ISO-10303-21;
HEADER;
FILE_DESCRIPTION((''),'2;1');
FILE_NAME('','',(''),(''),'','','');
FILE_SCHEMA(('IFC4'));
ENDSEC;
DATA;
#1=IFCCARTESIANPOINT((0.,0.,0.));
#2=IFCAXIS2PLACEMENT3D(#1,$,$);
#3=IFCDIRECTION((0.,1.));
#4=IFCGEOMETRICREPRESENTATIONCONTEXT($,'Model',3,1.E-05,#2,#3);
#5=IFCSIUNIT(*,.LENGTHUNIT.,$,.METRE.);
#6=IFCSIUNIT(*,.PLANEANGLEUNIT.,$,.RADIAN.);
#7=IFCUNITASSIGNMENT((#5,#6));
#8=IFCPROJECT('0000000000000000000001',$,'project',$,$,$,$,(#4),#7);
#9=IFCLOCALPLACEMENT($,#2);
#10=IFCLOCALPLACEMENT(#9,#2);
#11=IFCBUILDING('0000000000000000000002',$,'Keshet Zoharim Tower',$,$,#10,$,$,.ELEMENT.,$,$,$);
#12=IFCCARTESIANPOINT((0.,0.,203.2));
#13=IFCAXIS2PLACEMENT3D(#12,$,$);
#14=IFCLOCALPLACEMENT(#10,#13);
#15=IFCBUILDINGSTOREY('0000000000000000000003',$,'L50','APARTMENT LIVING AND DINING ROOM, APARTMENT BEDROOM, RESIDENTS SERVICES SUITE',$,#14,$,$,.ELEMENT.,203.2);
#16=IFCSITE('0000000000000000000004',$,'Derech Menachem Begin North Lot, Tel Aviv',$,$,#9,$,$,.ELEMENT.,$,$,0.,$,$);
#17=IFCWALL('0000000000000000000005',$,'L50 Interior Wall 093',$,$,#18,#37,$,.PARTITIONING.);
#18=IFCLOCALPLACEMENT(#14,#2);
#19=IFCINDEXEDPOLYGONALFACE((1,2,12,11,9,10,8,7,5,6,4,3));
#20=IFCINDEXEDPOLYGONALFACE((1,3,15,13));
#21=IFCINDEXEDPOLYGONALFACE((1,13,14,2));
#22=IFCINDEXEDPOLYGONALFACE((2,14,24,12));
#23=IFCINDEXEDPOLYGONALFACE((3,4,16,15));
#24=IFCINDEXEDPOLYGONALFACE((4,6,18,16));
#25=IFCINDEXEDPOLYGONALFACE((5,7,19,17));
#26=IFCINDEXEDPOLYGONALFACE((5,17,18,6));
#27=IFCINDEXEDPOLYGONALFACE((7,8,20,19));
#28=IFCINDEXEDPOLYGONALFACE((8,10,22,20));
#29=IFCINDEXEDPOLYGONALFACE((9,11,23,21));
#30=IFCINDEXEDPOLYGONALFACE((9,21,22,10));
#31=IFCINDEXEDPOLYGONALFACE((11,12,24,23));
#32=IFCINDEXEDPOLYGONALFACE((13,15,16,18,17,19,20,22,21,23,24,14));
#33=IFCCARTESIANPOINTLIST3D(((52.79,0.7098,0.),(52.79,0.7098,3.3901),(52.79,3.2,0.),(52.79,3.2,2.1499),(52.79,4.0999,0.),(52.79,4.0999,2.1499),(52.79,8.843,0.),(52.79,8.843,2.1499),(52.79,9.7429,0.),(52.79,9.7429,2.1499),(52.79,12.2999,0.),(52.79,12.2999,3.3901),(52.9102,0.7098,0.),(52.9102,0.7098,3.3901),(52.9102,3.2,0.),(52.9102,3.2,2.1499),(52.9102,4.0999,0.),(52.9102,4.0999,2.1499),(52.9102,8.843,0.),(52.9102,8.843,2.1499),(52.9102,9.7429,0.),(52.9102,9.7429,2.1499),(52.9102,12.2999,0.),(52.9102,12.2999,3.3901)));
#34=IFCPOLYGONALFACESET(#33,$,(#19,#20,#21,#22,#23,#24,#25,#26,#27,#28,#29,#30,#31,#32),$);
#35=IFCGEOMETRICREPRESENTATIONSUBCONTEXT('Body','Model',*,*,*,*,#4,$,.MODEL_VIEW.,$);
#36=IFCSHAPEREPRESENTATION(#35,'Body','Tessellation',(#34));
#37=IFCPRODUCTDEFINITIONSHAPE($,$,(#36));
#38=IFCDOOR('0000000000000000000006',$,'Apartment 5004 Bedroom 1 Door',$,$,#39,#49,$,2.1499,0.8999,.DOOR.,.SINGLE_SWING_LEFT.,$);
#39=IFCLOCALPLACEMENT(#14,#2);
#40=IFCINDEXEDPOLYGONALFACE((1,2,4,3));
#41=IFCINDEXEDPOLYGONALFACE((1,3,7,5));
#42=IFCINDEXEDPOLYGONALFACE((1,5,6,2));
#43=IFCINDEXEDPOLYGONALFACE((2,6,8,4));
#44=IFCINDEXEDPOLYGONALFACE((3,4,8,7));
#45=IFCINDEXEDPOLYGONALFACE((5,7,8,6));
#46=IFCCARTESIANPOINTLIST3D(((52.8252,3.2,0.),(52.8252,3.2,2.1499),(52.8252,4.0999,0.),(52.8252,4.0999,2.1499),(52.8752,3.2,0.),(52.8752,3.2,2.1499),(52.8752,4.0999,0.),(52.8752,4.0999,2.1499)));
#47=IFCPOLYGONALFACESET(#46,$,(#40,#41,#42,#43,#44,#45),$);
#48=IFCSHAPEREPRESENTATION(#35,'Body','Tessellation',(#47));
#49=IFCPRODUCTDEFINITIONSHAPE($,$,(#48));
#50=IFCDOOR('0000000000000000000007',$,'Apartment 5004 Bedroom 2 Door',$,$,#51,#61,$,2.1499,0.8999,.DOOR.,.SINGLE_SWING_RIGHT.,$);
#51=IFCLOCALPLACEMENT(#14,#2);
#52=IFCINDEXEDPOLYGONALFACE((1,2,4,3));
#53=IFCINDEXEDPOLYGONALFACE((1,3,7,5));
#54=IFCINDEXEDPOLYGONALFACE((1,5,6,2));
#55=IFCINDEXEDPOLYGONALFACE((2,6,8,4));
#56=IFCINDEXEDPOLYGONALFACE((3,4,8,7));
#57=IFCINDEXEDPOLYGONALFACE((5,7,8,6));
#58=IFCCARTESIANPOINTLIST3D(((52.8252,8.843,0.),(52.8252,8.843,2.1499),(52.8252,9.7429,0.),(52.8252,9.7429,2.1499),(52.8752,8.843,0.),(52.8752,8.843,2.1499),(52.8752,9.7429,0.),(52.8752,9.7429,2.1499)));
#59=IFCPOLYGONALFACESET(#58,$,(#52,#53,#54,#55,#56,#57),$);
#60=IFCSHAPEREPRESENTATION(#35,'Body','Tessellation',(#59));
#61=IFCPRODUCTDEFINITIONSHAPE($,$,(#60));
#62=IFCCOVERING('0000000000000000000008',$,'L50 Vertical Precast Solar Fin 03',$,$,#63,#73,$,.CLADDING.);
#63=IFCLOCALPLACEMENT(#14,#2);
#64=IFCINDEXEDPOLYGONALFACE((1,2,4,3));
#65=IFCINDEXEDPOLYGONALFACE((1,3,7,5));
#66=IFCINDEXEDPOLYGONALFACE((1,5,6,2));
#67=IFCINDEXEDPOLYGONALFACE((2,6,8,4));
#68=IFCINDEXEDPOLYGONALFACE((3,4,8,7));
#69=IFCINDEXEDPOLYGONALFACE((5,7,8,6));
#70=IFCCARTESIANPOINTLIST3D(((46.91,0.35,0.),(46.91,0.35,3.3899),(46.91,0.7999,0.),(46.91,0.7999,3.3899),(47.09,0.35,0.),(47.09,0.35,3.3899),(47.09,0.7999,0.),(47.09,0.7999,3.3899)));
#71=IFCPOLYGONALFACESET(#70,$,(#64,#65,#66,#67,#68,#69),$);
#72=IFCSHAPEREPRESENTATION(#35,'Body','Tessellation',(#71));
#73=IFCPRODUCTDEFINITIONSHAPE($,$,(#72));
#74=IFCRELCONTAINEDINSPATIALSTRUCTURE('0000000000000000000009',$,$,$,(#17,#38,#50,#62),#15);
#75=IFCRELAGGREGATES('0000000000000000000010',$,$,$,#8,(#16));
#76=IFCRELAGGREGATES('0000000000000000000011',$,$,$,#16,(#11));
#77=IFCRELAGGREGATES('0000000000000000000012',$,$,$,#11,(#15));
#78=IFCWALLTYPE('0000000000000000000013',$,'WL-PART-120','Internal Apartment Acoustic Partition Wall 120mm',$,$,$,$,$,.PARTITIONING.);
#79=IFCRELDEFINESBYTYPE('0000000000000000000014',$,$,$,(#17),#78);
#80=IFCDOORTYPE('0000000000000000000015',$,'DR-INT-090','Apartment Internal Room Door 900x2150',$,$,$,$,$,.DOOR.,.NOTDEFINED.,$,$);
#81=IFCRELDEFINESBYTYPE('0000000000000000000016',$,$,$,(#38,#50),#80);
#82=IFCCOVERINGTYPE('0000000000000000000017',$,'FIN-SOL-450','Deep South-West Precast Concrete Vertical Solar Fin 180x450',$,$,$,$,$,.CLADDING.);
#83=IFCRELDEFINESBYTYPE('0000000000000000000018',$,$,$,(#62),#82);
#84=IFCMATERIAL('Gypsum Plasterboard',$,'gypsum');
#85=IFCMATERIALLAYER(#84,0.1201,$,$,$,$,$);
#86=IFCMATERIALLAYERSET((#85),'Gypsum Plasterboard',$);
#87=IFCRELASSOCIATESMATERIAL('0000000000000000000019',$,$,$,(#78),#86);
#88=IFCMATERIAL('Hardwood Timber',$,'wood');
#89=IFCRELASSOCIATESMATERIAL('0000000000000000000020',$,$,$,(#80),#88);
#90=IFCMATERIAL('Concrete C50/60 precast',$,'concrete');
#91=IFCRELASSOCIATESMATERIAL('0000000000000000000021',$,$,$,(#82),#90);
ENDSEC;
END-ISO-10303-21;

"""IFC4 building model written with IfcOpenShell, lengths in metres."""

from ifc_helpers import new_model, si_unit, direction, frame, frame_2d, origin, origin_2d, place, context, subcontext, project, spatial, rectangle, extrude, material, layer, layer_set, type_object, element, fill, save


model = new_model("IFC4")

# Units and contexts
model_context = context("Model", 3, precision=1e-05, world=origin(), true_north=direction((0.0, 1.0)))
body_context = subcontext(model_context, "Body", "Model", "MODEL_VIEW")
ifc_project = project(units=[si_unit("LENGTHUNIT", "METRE"), si_unit("PLANEANGLEUNIT", "RADIAN")], contexts=[model_context])

# Site, building, storey
site_placement = place(None, origin())
site = spatial("IfcSite", under=ifc_project, at=site_placement, Name="Derech Menachem Begin North Lot, Tel Aviv", CompositionType="ELEMENT", RefElevation=0.0)
building_placement = place(site_placement, origin())
building = spatial("IfcBuilding", under=site, at=building_placement, Name="Keshet Zoharim Tower", CompositionType="ELEMENT")
storey_placement = place(building_placement, frame((0.0, 0.0, 203.2)))
storey = spatial("IfcBuildingStorey", under=building, at=storey_placement, Name="L50", Description="APARTMENT LIVING AND DINING ROOM, APARTMENT BEDROOM, RESIDENTS SERVICES SUITE", CompositionType="ELEMENT", Elevation=203.2)

# Shared definitions
ifc_material_1 = material(Name="Gypsum Plasterboard", Category="gypsum")
ifc_layer_1 = layer(ifc_material_1, 0.1201)
ifc_layer_set_1 = layer_set([ifc_layer_1], Name="Gypsum Plasterboard")
wall_type = type_object("IfcWallType", Name="WL-PART-120", Description="Internal Apartment Acoustic Partition Wall 120mm", PredefinedType="PARTITIONING", material=ifc_layer_set_1)

# Wall, openings, doors
wall_1_placement = place(storey_placement, frame((52.8501, 0.71, 0.0), z_axis=(0.0, 0.0, 1.0), x_axis=(0.0, 1.0, 0.0)))
wall_1 = element("IfcWall", 1, at=wall_1_placement, inside=storey, type_object=wall_type, Name="L50 Interior Wall 093", PredefinedType="PARTITIONING", context=body_context, shape_type="SweptSolid", body=[
    extrude(rectangle(XDim=11.5901, YDim=0.1201, at=frame_2d((5.7949, 0.0))), origin(), (0.0, 0.0, 1.0), 3.3901),
])
opening_1_placement = place(wall_1_placement, frame((2.49, 0.0, 0.0)))
opening_1 = element("IfcOpeningElement", 2, at=opening_1_placement, cuts=wall_1, PredefinedType="OPENING", context=body_context, shape_type="SweptSolid", body=[
    extrude(rectangle(XDim=0.8999, YDim=2.1499, at=frame_2d((0.45, 1.075))), frame((0.0, 0.0701, 0.0), z_axis=(0.0, -1.0, 0.0), x_axis=(1.0, 0.0, 0.0)), (0.0, 0.0, 1.0), 0.1401),
])
opening_2_placement = place(wall_1_placement, frame((8.1331, 0.0, 0.0)))
opening_2 = element("IfcOpeningElement", 3, at=opening_2_placement, cuts=wall_1, PredefinedType="OPENING", context=body_context, shape_type="SweptSolid", body=[
    extrude(rectangle(XDim=0.8999, YDim=2.1499, at=frame_2d((0.45, 1.075))), frame((0.0, 0.0701, 0.0), z_axis=(0.0, -1.0, 0.0), x_axis=(1.0, 0.0, 0.0)), (0.0, 0.0, 1.0), 0.1401),
])
ifc_material_2 = material(Name="Hardwood Timber", Category="wood")
door_type = type_object("IfcDoorType", Name="DR-INT-090", Description="Apartment Internal Room Door 900x2150", OperationType="NOTDEFINED", PredefinedType="DOOR", material=ifc_material_2)
door_1_placement = place(opening_1_placement, origin())
door_1 = element("IfcDoor", 4, at=door_1_placement, inside=storey, type_object=door_type, Name="Apartment 5004 Bedroom 1 Door", OperationType="SINGLE_SWING_LEFT", OverallHeight=2.1499, OverallWidth=0.8999, PredefinedType="DOOR", context=body_context, shape_type="SweptSolid", body=[
    extrude(rectangle(XDim=0.8999, YDim=2.1499, at=frame_2d((0.45, 1.075))), frame((0.0, 0.0249, 0.0), z_axis=(0.0, -1.0, 0.0), x_axis=(1.0, 0.0, 0.0)), (0.0, 0.0, 1.0), 0.05),
])
fill(opening_1, door_1)
door_2_placement = place(opening_2_placement, origin())
door_2 = element("IfcDoor", 5, at=door_2_placement, inside=storey, type_object=door_type, Name="Apartment 5004 Bedroom 2 Door", OperationType="SINGLE_SWING_RIGHT", OverallHeight=2.1499, OverallWidth=0.8999, PredefinedType="DOOR", context=body_context, shape_type="SweptSolid", body=[
    extrude(rectangle(XDim=0.8999, YDim=2.1499, at=frame_2d((0.45, 1.075))), frame((0.0, 0.0249, 0.0), z_axis=(0.0, -1.0, 0.0), x_axis=(1.0, 0.0, 0.0)), (0.0, 0.0, 1.0), 0.05),
])
fill(opening_2, door_2)

# Covering
ifc_material_3 = material(Name="Concrete C50/60 precast", Category="concrete")
covering_type = type_object("IfcCoveringType", Name="FIN-SOL-450", Description="Deep South-West Precast Concrete Vertical Solar Fin 180x450", PredefinedType="CLADDING", material=ifc_material_3)
covering_placement = place(storey_placement, frame((47.0, 0.575, 0.0), z_axis=(0.0, 0.0, 1.0), x_axis=(-1.0, 0.0, 0.0)))
element("IfcCovering", 6, at=covering_placement, inside=storey, type_object=covering_type, Name="L50 Vertical Precast Solar Fin 03", PredefinedType="CLADDING", context=body_context, shape_type="SweptSolid", body=[
    extrude(rectangle(XDim=0.1799, YDim=0.45, at=origin_2d()), origin(), (0.0, 0.0, 1.0), 3.3899),
])

save(model, "model.ifc")
